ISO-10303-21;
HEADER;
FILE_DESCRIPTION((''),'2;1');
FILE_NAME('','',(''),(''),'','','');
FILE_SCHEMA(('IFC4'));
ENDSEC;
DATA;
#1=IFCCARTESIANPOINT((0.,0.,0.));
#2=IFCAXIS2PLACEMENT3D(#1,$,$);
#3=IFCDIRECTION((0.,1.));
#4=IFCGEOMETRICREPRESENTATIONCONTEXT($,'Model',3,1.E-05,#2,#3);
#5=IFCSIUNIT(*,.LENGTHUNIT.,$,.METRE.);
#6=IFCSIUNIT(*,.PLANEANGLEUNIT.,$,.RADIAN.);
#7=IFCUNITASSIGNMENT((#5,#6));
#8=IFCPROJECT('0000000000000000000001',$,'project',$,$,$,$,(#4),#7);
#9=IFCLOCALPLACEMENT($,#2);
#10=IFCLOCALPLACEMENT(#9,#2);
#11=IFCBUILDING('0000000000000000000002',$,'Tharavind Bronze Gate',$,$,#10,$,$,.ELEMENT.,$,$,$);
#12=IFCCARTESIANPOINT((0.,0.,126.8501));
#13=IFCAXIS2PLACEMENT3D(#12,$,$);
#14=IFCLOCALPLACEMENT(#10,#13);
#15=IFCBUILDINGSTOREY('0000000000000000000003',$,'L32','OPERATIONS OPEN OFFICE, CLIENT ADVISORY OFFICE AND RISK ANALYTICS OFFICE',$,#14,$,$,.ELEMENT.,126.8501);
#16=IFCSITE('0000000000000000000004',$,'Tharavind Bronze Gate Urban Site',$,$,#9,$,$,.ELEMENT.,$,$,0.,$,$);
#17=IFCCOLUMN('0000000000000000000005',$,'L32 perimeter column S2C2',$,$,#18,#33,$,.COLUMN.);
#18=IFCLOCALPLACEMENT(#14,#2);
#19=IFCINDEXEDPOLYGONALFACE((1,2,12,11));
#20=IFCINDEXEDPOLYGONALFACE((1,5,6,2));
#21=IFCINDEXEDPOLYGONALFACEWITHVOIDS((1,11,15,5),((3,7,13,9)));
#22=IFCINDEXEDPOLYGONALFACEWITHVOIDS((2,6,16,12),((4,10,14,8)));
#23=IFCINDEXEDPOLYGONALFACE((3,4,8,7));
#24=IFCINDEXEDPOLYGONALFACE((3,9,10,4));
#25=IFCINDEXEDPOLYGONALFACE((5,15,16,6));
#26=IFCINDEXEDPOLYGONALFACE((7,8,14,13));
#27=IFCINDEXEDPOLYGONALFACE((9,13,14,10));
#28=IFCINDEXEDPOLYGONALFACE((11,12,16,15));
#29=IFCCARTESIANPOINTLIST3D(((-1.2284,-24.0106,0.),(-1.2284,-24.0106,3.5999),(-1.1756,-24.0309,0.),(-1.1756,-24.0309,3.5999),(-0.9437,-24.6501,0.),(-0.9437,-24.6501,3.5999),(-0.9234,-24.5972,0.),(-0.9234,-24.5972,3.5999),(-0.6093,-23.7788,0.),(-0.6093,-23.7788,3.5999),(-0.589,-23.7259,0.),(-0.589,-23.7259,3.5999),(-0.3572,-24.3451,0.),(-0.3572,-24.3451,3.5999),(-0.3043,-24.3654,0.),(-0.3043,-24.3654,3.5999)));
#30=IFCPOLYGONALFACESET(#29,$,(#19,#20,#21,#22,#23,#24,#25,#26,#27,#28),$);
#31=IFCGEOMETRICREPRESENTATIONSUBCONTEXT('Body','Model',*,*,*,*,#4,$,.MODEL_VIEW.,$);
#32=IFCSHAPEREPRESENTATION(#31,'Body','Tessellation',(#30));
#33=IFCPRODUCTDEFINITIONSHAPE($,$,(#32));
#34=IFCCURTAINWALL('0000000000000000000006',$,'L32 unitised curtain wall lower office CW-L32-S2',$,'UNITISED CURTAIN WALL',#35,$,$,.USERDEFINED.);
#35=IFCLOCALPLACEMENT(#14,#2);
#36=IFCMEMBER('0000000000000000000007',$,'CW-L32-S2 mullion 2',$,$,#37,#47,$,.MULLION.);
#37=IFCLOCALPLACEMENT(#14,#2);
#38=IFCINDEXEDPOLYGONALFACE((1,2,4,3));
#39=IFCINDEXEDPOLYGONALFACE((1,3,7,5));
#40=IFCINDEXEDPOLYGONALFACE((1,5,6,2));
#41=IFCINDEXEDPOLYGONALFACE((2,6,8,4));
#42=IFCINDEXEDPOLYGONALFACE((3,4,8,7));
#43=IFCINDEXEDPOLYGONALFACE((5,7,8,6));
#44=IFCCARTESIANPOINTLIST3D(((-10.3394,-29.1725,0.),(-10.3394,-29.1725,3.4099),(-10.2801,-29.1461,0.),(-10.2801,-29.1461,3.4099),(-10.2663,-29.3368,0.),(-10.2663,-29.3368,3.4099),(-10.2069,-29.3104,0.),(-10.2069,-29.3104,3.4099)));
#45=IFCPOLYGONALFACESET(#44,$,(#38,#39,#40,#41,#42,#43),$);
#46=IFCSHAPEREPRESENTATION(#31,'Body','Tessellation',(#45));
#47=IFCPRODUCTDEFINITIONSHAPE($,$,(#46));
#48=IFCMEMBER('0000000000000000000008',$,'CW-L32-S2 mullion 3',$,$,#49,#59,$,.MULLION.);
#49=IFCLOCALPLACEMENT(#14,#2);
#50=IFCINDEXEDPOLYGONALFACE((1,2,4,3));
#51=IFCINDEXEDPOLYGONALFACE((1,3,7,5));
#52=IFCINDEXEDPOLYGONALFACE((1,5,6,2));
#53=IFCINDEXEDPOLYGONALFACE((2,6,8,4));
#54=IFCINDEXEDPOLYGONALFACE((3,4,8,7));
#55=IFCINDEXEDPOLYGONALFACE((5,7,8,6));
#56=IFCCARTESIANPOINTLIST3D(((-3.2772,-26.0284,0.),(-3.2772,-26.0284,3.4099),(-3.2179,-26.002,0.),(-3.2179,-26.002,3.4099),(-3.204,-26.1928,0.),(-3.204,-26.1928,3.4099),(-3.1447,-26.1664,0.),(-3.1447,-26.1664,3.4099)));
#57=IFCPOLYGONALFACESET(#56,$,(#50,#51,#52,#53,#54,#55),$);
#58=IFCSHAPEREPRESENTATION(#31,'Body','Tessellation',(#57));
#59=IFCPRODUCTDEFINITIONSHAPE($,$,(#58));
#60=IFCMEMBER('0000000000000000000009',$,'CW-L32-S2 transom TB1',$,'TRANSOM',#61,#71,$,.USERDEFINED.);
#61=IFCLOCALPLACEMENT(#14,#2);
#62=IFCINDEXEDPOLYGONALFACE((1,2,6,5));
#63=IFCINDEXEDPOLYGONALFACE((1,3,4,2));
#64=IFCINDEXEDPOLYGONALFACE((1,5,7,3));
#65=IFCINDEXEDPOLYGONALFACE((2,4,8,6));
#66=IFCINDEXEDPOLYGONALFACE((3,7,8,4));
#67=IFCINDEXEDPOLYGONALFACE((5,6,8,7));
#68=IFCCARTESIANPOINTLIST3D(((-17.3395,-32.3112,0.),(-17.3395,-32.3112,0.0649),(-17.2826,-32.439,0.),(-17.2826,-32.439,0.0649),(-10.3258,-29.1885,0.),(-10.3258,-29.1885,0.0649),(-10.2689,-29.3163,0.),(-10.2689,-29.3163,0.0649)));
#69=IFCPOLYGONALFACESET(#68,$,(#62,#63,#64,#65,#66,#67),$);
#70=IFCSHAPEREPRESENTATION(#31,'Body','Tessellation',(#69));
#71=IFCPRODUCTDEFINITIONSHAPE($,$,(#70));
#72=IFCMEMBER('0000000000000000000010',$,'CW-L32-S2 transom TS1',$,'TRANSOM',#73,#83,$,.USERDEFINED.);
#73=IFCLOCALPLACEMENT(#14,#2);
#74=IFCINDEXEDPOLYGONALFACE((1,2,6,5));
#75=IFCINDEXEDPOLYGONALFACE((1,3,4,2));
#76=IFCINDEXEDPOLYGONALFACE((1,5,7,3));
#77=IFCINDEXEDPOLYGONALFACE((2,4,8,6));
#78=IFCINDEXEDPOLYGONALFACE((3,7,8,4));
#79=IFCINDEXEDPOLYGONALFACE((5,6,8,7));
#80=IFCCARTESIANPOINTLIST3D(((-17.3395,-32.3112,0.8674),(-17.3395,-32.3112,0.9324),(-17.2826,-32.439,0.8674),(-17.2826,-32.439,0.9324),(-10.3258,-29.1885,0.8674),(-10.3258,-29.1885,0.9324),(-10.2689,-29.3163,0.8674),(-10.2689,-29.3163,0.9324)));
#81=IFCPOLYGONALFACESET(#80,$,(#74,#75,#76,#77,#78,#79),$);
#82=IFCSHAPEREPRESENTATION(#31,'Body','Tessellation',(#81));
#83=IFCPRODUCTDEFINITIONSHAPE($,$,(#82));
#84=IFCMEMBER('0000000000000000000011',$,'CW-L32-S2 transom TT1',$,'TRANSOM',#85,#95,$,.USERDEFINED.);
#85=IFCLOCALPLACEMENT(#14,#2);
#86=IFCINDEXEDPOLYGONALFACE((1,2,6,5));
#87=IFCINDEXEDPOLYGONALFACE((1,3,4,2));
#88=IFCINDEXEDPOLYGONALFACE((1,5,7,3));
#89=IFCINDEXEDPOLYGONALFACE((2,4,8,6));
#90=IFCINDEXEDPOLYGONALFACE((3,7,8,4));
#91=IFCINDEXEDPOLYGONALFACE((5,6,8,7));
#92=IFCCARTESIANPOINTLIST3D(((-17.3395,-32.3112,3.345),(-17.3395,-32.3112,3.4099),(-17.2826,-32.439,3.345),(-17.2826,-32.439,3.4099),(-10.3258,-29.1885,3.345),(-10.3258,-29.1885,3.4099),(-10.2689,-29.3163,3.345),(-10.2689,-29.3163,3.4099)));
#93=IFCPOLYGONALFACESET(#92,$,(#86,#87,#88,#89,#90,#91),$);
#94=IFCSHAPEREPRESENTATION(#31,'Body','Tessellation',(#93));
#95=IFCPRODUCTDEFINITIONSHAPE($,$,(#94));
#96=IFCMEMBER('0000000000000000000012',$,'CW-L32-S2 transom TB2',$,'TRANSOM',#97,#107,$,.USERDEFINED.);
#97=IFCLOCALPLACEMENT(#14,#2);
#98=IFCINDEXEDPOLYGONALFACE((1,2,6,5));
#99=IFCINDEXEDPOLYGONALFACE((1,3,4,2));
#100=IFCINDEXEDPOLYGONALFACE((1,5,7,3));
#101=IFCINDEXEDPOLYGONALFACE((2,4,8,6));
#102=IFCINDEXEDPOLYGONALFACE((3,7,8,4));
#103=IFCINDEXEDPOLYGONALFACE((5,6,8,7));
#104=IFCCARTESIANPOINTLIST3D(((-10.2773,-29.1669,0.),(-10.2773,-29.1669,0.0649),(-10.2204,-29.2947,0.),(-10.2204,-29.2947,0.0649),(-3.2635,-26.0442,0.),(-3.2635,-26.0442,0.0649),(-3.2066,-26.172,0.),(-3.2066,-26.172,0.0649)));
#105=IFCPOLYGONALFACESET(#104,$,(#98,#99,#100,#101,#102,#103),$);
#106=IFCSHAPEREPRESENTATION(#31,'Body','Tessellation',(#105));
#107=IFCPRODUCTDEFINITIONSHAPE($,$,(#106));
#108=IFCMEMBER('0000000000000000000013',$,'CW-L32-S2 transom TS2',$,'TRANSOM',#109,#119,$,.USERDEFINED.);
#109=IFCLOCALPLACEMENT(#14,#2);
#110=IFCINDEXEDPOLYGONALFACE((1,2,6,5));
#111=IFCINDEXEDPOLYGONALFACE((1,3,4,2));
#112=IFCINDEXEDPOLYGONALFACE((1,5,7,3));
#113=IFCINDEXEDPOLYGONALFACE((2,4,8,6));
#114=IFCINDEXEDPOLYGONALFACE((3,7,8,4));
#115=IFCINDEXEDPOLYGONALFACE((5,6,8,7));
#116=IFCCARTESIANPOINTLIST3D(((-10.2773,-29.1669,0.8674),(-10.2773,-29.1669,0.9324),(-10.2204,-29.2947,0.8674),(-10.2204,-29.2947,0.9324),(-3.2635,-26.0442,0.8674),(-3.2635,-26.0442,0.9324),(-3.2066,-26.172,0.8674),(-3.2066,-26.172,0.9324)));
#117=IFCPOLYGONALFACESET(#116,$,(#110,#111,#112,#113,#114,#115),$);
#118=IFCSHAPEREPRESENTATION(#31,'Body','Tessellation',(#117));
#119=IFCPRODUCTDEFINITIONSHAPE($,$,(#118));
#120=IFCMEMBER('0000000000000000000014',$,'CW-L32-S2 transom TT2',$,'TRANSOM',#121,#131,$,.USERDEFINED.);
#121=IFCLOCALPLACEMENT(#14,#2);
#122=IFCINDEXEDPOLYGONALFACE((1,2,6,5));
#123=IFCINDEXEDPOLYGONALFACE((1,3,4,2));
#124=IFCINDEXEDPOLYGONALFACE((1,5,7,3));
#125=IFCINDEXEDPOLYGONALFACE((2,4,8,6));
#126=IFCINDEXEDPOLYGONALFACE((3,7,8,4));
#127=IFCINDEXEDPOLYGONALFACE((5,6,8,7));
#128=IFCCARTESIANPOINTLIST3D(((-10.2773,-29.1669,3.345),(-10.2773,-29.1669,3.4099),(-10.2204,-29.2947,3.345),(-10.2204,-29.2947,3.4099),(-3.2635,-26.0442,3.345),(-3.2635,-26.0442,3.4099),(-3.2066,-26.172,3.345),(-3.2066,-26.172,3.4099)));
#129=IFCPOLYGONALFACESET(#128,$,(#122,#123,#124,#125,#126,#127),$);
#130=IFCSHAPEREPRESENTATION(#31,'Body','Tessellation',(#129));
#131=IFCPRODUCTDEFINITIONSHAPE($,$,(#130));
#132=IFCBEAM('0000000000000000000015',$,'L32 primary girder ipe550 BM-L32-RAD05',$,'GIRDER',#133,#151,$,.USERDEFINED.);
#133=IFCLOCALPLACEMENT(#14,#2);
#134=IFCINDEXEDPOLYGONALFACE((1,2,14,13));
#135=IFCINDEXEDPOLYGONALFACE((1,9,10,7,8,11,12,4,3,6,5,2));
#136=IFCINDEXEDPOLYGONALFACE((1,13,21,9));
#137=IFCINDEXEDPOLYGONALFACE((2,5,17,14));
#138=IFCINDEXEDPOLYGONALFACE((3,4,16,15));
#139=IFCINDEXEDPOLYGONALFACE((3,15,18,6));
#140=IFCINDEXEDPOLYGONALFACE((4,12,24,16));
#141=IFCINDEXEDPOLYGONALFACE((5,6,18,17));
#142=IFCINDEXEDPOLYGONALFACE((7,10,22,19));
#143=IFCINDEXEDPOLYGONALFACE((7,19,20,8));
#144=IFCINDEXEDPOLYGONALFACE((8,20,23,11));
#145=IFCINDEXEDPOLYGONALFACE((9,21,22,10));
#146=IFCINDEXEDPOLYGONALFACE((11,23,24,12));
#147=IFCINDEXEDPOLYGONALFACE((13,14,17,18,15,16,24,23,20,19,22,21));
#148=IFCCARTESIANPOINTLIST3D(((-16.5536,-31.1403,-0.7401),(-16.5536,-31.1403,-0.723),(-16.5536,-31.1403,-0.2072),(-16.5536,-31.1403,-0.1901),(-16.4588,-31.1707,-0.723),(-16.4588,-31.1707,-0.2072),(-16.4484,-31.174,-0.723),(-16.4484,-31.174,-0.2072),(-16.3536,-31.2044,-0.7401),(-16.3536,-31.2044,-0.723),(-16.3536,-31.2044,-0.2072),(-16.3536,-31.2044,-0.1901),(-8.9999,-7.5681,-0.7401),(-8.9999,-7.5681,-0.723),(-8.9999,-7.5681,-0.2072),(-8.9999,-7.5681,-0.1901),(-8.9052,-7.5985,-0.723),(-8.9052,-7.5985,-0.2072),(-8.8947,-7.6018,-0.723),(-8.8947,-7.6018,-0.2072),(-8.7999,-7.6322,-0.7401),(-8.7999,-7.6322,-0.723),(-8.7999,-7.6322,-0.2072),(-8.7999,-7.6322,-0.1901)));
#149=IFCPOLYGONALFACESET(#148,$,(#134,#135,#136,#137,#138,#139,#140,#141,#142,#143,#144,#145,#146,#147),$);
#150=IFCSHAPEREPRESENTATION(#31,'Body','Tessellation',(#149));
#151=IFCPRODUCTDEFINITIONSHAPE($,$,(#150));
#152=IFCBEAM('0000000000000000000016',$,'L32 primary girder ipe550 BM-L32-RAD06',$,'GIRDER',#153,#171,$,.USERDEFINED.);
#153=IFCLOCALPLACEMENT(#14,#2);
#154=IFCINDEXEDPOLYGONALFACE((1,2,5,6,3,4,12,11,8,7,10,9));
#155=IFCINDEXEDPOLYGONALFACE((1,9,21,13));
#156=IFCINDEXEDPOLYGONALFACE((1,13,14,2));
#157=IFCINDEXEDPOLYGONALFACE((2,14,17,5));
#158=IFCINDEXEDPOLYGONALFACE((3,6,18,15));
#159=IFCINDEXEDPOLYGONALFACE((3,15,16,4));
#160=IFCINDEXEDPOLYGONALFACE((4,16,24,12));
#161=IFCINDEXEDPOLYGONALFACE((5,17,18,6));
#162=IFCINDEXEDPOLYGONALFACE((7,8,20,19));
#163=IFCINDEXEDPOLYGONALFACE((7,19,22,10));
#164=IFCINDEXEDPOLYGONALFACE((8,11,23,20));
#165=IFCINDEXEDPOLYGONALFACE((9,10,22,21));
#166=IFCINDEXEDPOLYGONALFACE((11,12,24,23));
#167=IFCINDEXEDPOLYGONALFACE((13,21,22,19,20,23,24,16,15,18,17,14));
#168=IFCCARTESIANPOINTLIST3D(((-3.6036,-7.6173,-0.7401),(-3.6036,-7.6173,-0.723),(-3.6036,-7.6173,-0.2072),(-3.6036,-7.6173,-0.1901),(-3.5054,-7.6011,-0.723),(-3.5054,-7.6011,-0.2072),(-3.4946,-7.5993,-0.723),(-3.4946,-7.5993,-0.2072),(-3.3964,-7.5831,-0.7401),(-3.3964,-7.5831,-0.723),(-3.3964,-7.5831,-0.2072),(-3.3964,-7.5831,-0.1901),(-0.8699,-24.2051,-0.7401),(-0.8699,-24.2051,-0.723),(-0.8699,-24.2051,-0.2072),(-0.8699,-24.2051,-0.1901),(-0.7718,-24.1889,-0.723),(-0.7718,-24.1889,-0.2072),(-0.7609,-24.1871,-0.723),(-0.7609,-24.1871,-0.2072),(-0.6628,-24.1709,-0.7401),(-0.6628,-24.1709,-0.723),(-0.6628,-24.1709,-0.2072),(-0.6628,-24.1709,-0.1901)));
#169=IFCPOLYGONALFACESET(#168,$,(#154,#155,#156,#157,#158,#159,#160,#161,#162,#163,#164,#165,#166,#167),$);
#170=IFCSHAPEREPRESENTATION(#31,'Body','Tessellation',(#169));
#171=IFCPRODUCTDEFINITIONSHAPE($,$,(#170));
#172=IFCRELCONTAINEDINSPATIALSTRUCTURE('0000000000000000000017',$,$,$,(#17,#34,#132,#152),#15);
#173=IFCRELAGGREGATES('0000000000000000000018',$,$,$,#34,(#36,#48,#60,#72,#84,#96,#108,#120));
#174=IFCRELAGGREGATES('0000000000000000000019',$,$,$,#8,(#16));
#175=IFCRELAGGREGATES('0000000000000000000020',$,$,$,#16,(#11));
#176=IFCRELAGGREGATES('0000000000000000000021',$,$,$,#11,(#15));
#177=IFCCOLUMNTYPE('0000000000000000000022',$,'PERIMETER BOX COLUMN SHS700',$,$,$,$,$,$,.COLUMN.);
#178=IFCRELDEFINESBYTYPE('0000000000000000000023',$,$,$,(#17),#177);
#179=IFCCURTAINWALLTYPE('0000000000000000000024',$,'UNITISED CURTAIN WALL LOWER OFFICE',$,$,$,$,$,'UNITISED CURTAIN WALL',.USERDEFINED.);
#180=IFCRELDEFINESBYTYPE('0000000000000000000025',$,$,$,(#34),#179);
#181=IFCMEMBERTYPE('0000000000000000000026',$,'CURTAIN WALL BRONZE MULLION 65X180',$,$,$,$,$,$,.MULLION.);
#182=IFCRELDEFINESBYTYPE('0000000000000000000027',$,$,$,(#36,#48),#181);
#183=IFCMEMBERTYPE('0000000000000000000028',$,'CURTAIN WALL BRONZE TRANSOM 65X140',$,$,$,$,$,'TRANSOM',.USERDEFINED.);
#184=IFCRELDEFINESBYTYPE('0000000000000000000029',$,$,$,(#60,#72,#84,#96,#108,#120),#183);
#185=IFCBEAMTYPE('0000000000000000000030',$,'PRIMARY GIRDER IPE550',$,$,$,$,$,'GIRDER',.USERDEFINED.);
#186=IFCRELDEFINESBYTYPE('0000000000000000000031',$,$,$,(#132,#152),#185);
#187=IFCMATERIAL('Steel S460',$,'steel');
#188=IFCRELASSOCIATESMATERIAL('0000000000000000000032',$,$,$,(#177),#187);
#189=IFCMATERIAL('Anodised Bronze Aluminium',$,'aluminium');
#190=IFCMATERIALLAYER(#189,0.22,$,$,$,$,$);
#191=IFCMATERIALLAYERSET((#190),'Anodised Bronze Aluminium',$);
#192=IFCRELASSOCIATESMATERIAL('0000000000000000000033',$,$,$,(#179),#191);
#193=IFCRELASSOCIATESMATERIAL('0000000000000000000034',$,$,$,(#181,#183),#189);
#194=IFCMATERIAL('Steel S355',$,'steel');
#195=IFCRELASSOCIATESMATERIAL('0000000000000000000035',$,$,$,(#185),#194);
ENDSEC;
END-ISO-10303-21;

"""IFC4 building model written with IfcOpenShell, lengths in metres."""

from ifc_helpers import new_model, si_unit, direction, frame, origin, origin_2d, place, context, subcontext, project, spatial, rectangle, hollow_rectangle, i_section, extrude, material, layer, layer_set, material_profile, profile_set, type_object, element, aggregate, save


model = new_model("IFC4")

# Units and contexts
model_context = context("Model", 3, precision=1e-05, world=origin(), true_north=direction((0.0, 1.0)))
body_context = subcontext(model_context, "Body", "Model", "MODEL_VIEW")
ifc_project = project(units=[si_unit("LENGTHUNIT", "METRE"), si_unit("PLANEANGLEUNIT", "RADIAN")], contexts=[model_context])

# Site, building, storey
site_placement = place(None, origin())
site = spatial("IfcSite", under=ifc_project, at=site_placement, Name="Tharavind Bronze Gate Urban Site", CompositionType="ELEMENT", RefElevation=0.0)
building_placement = place(site_placement, origin())
building = spatial("IfcBuilding", under=site, at=building_placement, Name="Tharavind Bronze Gate", CompositionType="ELEMENT")
storey_placement = place(building_placement, frame((0.0, 0.0, 126.8501)))
storey = spatial("IfcBuildingStorey", under=building, at=storey_placement, Name="L32", Description="OPERATIONS OPEN OFFICE, CLIENT ADVISORY OFFICE AND RISK ANALYTICS OFFICE", CompositionType="ELEMENT", Elevation=126.8501)

# Column
ifc_material_1 = material(Name="Steel S460", Category="steel")
ifc_material_profile_1 = material_profile(ifc_material_1, hollow_rectangle(XDim=0.7, YDim=0.7, WallThickness=0.04, at=origin_2d()), Name="SHS700X40")
ifc_profile_set_1 = profile_set([ifc_material_profile_1], Name="Steel S460")
column_type = type_object("IfcColumnType", Name="PERIMETER BOX COLUMN SHS700", PredefinedType="COLUMN", material=ifc_profile_set_1)
column_placement = place(storey_placement, frame((-0.7664, -24.188, 0.0), z_axis=(0.0, 0.0, 1.0), x_axis=(0.913545, 0.406737, 0.0)))
element("IfcColumn", 1, at=column_placement, inside=storey, type_object=column_type, Name="L32 perimeter column S2C2", PredefinedType="COLUMN", context=body_context, shape_type="SweptSolid", body=[
    extrude(hollow_rectangle(XDim=0.7, YDim=0.7, WallThickness=0.04, at=origin_2d()), origin(), (0.0, 0.0, 1.0), 3.5999),
])

# Curtain wall, members
ifc_material_2 = material(Name="Anodised Bronze Aluminium", Category="aluminium")
ifc_layer_1 = layer(ifc_material_2, 0.22)
ifc_layer_set_1 = layer_set([ifc_layer_1], Name="Anodised Bronze Aluminium")
curtain_wall_type = type_object("IfcCurtainWallType", Name="UNITISED CURTAIN WALL LOWER OFFICE", ElementType="UNITISED CURTAIN WALL", PredefinedType="USERDEFINED", material=ifc_layer_set_1)
curtain_wall_placement = place(storey_placement, origin())
curtain_wall = element("IfcCurtainWall", 2, at=curtain_wall_placement, inside=storey, type_object=curtain_wall_type, Name="L32 unitised curtain wall lower office CW-L32-S2", ObjectType="UNITISED CURTAIN WALL", PredefinedType="USERDEFINED")
member_type_1 = type_object("IfcMemberType", Name="CURTAIN WALL BRONZE MULLION 65X180", PredefinedType="MULLION", material=ifc_material_2)
member_1_placement = place(storey_placement, frame((-10.2732, -29.2415, 0.0), z_axis=(0.0, 0.0, 1.0), x_axis=(0.913545, 0.406737, 0.0)))
member_1 = element("IfcMember", 3, at=member_1_placement, type_object=member_type_1, Name="CW-L32-S2 mullion 2", PredefinedType="MULLION", context=body_context, shape_type="SweptSolid", body=[
    extrude(rectangle(XDim=0.0649, YDim=0.1799, at=origin_2d()), origin(), (0.0, 0.0, 1.0), 3.4099),
])
member_2_placement = place(storey_placement, frame((-3.2109, -26.0974, 0.0), z_axis=(0.0, 0.0, 1.0), x_axis=(0.913545, 0.406737, 0.0)))
member_2 = element("IfcMember", 4, at=member_2_placement, type_object=member_type_1, Name="CW-L32-S2 mullion 3", PredefinedType="MULLION", context=body_context, shape_type="SweptSolid", body=[
    extrude(rectangle(XDim=0.0649, YDim=0.1799, at=origin_2d()), origin(), (0.0, 0.0, 1.0), 3.4099),
])
member_type_2 = type_object("IfcMemberType", Name="CURTAIN WALL BRONZE TRANSOM 65X140", ElementType="TRANSOM", PredefinedType="USERDEFINED", material=ifc_material_2)
member_3_placement = place(storey_placement, frame((-13.8042, -30.8137, 0.0), z_axis=(0.0, 0.0, 1.0), x_axis=(0.913545, 0.406737, 0.0)))
member_3 = element("IfcMember", 5, at=member_3_placement, type_object=member_type_2, Name="CW-L32-S2 transom TB1", ObjectType="TRANSOM", PredefinedType="USERDEFINED", context=body_context, shape_type="SweptSolid", body=[
    extrude(rectangle(XDim=7.6775, YDim=0.1399, at=origin_2d()), origin(), (0.0, 0.0, 1.0), 0.0649),
])
member_4_placement = place(storey_placement, frame((-13.8042, -30.8137, 0.8674), z_axis=(0.0, 0.0, 1.0), x_axis=(0.913545, 0.406737, 0.0)))
member_4 = element("IfcMember", 6, at=member_4_placement, type_object=member_type_2, Name="CW-L32-S2 transom TS1", ObjectType="TRANSOM", PredefinedType="USERDEFINED", context=body_context, shape_type="SweptSolid", body=[
    extrude(rectangle(XDim=7.6775, YDim=0.1399, at=origin_2d()), origin(), (0.0, 0.0, 1.0), 0.0649),
])
member_5_placement = place(storey_placement, frame((-13.8042, -30.8137, 3.345), z_axis=(0.0, 0.0, 1.0), x_axis=(0.913545, 0.406737, 0.0)))
member_5 = element("IfcMember", 7, at=member_5_placement, type_object=member_type_2, Name="CW-L32-S2 transom TT1", ObjectType="TRANSOM", PredefinedType="USERDEFINED", context=body_context, shape_type="SweptSolid", body=[
    extrude(rectangle(XDim=7.6775, YDim=0.1399, at=origin_2d()), origin(), (0.0, 0.0, 1.0), 0.0649),
])
member_6_placement = place(storey_placement, frame((-6.7419, -27.6694, 0.0), z_axis=(0.0, 0.0, 1.0), x_axis=(0.913545, 0.406737, 0.0)))
member_6 = element("IfcMember", 8, at=member_6_placement, type_object=member_type_2, Name="CW-L32-S2 transom TB2", ObjectType="TRANSOM", PredefinedType="USERDEFINED", context=body_context, shape_type="SweptSolid", body=[
    extrude(rectangle(XDim=7.6775, YDim=0.1399, at=origin_2d()), origin(), (0.0, 0.0, 1.0), 0.0649),
])
member_7_placement = place(storey_placement, frame((-6.7419, -27.6694, 0.8674), z_axis=(0.0, 0.0, 1.0), x_axis=(0.913545, 0.406737, 0.0)))
member_7 = element("IfcMember", 9, at=member_7_placement, type_object=member_type_2, Name="CW-L32-S2 transom TS2", ObjectType="TRANSOM", PredefinedType="USERDEFINED", context=body_context, shape_type="SweptSolid", body=[
    extrude(rectangle(XDim=7.6775, YDim=0.1399, at=origin_2d()), origin(), (0.0, 0.0, 1.0), 0.0649),
])
member_8_placement = place(storey_placement, frame((-6.7419, -27.6694, 3.345), z_axis=(0.0, 0.0, 1.0), x_axis=(0.913545, 0.406737, 0.0)))
member_8 = element("IfcMember", 10, at=member_8_placement, type_object=member_type_2, Name="CW-L32-S2 transom TT2", ObjectType="TRANSOM", PredefinedType="USERDEFINED", context=body_context, shape_type="SweptSolid", body=[
    extrude(rectangle(XDim=7.6775, YDim=0.1399, at=origin_2d()), origin(), (0.0, 0.0, 1.0), 0.0649),
])

# Beams
ifc_material_3 = material(Name="Steel S355", Category="steel")
ifc_material_profile_2 = material_profile(ifc_material_3, i_section(OverallWidth=0.21, OverallDepth=0.55, WebThickness=0.011, FlangeThickness=0.0171, at=origin_2d()), Name="IPE550")
ifc_profile_set_2 = profile_set([ifc_material_profile_2], Name="Steel S355")
beam_type_1 = type_object("IfcBeamType", Name="PRIMARY GIRDER IPE550", ElementType="GIRDER", PredefinedType="USERDEFINED", material=ifc_profile_set_2)
beam_1_placement = place(storey_placement, frame((-16.4536, -31.1724, -0.4651), z_axis=(0.305164, 0.9523, 0.0), x_axis=(-0.9523, 0.305164, 0.0)))
element("IfcBeam", 11, at=beam_1_placement, inside=storey, type_object=beam_type_1, Name="L32 primary girder ipe550 BM-L32-RAD05", ObjectType="GIRDER", PredefinedType="USERDEFINED", context=body_context, shape_type="SweptSolid", body=[
    extrude(i_section(OverallWidth=0.21, OverallDepth=0.55, WebThickness=0.011, FlangeThickness=0.0171, at=origin_2d()), origin(), (0.0, 0.0, 1.0), 24.7529),
])
beam_2_placement = place(storey_placement, frame((-0.7664, -24.188, -0.4651), z_axis=(-0.162604, 0.986691, 0.0), x_axis=(-0.986691, -0.162604, 0.0)))
element("IfcBeam", 12, at=beam_2_placement, inside=storey, type_object=beam_type_1, Name="L32 primary girder ipe550 BM-L32-RAD06", ObjectType="GIRDER", PredefinedType="USERDEFINED", context=body_context, shape_type="SweptSolid", body=[
    extrude(i_section(OverallWidth=0.21, OverallDepth=0.55, WebThickness=0.011, FlangeThickness=0.0171, at=origin_2d()), origin(), (0.0, 0.0, 1.0), 16.8115),
])

aggregate(curtain_wall, [member_1, member_2, member_3, member_4, member_5, member_6, member_7, member_8])

save(model, "model.ifc")
